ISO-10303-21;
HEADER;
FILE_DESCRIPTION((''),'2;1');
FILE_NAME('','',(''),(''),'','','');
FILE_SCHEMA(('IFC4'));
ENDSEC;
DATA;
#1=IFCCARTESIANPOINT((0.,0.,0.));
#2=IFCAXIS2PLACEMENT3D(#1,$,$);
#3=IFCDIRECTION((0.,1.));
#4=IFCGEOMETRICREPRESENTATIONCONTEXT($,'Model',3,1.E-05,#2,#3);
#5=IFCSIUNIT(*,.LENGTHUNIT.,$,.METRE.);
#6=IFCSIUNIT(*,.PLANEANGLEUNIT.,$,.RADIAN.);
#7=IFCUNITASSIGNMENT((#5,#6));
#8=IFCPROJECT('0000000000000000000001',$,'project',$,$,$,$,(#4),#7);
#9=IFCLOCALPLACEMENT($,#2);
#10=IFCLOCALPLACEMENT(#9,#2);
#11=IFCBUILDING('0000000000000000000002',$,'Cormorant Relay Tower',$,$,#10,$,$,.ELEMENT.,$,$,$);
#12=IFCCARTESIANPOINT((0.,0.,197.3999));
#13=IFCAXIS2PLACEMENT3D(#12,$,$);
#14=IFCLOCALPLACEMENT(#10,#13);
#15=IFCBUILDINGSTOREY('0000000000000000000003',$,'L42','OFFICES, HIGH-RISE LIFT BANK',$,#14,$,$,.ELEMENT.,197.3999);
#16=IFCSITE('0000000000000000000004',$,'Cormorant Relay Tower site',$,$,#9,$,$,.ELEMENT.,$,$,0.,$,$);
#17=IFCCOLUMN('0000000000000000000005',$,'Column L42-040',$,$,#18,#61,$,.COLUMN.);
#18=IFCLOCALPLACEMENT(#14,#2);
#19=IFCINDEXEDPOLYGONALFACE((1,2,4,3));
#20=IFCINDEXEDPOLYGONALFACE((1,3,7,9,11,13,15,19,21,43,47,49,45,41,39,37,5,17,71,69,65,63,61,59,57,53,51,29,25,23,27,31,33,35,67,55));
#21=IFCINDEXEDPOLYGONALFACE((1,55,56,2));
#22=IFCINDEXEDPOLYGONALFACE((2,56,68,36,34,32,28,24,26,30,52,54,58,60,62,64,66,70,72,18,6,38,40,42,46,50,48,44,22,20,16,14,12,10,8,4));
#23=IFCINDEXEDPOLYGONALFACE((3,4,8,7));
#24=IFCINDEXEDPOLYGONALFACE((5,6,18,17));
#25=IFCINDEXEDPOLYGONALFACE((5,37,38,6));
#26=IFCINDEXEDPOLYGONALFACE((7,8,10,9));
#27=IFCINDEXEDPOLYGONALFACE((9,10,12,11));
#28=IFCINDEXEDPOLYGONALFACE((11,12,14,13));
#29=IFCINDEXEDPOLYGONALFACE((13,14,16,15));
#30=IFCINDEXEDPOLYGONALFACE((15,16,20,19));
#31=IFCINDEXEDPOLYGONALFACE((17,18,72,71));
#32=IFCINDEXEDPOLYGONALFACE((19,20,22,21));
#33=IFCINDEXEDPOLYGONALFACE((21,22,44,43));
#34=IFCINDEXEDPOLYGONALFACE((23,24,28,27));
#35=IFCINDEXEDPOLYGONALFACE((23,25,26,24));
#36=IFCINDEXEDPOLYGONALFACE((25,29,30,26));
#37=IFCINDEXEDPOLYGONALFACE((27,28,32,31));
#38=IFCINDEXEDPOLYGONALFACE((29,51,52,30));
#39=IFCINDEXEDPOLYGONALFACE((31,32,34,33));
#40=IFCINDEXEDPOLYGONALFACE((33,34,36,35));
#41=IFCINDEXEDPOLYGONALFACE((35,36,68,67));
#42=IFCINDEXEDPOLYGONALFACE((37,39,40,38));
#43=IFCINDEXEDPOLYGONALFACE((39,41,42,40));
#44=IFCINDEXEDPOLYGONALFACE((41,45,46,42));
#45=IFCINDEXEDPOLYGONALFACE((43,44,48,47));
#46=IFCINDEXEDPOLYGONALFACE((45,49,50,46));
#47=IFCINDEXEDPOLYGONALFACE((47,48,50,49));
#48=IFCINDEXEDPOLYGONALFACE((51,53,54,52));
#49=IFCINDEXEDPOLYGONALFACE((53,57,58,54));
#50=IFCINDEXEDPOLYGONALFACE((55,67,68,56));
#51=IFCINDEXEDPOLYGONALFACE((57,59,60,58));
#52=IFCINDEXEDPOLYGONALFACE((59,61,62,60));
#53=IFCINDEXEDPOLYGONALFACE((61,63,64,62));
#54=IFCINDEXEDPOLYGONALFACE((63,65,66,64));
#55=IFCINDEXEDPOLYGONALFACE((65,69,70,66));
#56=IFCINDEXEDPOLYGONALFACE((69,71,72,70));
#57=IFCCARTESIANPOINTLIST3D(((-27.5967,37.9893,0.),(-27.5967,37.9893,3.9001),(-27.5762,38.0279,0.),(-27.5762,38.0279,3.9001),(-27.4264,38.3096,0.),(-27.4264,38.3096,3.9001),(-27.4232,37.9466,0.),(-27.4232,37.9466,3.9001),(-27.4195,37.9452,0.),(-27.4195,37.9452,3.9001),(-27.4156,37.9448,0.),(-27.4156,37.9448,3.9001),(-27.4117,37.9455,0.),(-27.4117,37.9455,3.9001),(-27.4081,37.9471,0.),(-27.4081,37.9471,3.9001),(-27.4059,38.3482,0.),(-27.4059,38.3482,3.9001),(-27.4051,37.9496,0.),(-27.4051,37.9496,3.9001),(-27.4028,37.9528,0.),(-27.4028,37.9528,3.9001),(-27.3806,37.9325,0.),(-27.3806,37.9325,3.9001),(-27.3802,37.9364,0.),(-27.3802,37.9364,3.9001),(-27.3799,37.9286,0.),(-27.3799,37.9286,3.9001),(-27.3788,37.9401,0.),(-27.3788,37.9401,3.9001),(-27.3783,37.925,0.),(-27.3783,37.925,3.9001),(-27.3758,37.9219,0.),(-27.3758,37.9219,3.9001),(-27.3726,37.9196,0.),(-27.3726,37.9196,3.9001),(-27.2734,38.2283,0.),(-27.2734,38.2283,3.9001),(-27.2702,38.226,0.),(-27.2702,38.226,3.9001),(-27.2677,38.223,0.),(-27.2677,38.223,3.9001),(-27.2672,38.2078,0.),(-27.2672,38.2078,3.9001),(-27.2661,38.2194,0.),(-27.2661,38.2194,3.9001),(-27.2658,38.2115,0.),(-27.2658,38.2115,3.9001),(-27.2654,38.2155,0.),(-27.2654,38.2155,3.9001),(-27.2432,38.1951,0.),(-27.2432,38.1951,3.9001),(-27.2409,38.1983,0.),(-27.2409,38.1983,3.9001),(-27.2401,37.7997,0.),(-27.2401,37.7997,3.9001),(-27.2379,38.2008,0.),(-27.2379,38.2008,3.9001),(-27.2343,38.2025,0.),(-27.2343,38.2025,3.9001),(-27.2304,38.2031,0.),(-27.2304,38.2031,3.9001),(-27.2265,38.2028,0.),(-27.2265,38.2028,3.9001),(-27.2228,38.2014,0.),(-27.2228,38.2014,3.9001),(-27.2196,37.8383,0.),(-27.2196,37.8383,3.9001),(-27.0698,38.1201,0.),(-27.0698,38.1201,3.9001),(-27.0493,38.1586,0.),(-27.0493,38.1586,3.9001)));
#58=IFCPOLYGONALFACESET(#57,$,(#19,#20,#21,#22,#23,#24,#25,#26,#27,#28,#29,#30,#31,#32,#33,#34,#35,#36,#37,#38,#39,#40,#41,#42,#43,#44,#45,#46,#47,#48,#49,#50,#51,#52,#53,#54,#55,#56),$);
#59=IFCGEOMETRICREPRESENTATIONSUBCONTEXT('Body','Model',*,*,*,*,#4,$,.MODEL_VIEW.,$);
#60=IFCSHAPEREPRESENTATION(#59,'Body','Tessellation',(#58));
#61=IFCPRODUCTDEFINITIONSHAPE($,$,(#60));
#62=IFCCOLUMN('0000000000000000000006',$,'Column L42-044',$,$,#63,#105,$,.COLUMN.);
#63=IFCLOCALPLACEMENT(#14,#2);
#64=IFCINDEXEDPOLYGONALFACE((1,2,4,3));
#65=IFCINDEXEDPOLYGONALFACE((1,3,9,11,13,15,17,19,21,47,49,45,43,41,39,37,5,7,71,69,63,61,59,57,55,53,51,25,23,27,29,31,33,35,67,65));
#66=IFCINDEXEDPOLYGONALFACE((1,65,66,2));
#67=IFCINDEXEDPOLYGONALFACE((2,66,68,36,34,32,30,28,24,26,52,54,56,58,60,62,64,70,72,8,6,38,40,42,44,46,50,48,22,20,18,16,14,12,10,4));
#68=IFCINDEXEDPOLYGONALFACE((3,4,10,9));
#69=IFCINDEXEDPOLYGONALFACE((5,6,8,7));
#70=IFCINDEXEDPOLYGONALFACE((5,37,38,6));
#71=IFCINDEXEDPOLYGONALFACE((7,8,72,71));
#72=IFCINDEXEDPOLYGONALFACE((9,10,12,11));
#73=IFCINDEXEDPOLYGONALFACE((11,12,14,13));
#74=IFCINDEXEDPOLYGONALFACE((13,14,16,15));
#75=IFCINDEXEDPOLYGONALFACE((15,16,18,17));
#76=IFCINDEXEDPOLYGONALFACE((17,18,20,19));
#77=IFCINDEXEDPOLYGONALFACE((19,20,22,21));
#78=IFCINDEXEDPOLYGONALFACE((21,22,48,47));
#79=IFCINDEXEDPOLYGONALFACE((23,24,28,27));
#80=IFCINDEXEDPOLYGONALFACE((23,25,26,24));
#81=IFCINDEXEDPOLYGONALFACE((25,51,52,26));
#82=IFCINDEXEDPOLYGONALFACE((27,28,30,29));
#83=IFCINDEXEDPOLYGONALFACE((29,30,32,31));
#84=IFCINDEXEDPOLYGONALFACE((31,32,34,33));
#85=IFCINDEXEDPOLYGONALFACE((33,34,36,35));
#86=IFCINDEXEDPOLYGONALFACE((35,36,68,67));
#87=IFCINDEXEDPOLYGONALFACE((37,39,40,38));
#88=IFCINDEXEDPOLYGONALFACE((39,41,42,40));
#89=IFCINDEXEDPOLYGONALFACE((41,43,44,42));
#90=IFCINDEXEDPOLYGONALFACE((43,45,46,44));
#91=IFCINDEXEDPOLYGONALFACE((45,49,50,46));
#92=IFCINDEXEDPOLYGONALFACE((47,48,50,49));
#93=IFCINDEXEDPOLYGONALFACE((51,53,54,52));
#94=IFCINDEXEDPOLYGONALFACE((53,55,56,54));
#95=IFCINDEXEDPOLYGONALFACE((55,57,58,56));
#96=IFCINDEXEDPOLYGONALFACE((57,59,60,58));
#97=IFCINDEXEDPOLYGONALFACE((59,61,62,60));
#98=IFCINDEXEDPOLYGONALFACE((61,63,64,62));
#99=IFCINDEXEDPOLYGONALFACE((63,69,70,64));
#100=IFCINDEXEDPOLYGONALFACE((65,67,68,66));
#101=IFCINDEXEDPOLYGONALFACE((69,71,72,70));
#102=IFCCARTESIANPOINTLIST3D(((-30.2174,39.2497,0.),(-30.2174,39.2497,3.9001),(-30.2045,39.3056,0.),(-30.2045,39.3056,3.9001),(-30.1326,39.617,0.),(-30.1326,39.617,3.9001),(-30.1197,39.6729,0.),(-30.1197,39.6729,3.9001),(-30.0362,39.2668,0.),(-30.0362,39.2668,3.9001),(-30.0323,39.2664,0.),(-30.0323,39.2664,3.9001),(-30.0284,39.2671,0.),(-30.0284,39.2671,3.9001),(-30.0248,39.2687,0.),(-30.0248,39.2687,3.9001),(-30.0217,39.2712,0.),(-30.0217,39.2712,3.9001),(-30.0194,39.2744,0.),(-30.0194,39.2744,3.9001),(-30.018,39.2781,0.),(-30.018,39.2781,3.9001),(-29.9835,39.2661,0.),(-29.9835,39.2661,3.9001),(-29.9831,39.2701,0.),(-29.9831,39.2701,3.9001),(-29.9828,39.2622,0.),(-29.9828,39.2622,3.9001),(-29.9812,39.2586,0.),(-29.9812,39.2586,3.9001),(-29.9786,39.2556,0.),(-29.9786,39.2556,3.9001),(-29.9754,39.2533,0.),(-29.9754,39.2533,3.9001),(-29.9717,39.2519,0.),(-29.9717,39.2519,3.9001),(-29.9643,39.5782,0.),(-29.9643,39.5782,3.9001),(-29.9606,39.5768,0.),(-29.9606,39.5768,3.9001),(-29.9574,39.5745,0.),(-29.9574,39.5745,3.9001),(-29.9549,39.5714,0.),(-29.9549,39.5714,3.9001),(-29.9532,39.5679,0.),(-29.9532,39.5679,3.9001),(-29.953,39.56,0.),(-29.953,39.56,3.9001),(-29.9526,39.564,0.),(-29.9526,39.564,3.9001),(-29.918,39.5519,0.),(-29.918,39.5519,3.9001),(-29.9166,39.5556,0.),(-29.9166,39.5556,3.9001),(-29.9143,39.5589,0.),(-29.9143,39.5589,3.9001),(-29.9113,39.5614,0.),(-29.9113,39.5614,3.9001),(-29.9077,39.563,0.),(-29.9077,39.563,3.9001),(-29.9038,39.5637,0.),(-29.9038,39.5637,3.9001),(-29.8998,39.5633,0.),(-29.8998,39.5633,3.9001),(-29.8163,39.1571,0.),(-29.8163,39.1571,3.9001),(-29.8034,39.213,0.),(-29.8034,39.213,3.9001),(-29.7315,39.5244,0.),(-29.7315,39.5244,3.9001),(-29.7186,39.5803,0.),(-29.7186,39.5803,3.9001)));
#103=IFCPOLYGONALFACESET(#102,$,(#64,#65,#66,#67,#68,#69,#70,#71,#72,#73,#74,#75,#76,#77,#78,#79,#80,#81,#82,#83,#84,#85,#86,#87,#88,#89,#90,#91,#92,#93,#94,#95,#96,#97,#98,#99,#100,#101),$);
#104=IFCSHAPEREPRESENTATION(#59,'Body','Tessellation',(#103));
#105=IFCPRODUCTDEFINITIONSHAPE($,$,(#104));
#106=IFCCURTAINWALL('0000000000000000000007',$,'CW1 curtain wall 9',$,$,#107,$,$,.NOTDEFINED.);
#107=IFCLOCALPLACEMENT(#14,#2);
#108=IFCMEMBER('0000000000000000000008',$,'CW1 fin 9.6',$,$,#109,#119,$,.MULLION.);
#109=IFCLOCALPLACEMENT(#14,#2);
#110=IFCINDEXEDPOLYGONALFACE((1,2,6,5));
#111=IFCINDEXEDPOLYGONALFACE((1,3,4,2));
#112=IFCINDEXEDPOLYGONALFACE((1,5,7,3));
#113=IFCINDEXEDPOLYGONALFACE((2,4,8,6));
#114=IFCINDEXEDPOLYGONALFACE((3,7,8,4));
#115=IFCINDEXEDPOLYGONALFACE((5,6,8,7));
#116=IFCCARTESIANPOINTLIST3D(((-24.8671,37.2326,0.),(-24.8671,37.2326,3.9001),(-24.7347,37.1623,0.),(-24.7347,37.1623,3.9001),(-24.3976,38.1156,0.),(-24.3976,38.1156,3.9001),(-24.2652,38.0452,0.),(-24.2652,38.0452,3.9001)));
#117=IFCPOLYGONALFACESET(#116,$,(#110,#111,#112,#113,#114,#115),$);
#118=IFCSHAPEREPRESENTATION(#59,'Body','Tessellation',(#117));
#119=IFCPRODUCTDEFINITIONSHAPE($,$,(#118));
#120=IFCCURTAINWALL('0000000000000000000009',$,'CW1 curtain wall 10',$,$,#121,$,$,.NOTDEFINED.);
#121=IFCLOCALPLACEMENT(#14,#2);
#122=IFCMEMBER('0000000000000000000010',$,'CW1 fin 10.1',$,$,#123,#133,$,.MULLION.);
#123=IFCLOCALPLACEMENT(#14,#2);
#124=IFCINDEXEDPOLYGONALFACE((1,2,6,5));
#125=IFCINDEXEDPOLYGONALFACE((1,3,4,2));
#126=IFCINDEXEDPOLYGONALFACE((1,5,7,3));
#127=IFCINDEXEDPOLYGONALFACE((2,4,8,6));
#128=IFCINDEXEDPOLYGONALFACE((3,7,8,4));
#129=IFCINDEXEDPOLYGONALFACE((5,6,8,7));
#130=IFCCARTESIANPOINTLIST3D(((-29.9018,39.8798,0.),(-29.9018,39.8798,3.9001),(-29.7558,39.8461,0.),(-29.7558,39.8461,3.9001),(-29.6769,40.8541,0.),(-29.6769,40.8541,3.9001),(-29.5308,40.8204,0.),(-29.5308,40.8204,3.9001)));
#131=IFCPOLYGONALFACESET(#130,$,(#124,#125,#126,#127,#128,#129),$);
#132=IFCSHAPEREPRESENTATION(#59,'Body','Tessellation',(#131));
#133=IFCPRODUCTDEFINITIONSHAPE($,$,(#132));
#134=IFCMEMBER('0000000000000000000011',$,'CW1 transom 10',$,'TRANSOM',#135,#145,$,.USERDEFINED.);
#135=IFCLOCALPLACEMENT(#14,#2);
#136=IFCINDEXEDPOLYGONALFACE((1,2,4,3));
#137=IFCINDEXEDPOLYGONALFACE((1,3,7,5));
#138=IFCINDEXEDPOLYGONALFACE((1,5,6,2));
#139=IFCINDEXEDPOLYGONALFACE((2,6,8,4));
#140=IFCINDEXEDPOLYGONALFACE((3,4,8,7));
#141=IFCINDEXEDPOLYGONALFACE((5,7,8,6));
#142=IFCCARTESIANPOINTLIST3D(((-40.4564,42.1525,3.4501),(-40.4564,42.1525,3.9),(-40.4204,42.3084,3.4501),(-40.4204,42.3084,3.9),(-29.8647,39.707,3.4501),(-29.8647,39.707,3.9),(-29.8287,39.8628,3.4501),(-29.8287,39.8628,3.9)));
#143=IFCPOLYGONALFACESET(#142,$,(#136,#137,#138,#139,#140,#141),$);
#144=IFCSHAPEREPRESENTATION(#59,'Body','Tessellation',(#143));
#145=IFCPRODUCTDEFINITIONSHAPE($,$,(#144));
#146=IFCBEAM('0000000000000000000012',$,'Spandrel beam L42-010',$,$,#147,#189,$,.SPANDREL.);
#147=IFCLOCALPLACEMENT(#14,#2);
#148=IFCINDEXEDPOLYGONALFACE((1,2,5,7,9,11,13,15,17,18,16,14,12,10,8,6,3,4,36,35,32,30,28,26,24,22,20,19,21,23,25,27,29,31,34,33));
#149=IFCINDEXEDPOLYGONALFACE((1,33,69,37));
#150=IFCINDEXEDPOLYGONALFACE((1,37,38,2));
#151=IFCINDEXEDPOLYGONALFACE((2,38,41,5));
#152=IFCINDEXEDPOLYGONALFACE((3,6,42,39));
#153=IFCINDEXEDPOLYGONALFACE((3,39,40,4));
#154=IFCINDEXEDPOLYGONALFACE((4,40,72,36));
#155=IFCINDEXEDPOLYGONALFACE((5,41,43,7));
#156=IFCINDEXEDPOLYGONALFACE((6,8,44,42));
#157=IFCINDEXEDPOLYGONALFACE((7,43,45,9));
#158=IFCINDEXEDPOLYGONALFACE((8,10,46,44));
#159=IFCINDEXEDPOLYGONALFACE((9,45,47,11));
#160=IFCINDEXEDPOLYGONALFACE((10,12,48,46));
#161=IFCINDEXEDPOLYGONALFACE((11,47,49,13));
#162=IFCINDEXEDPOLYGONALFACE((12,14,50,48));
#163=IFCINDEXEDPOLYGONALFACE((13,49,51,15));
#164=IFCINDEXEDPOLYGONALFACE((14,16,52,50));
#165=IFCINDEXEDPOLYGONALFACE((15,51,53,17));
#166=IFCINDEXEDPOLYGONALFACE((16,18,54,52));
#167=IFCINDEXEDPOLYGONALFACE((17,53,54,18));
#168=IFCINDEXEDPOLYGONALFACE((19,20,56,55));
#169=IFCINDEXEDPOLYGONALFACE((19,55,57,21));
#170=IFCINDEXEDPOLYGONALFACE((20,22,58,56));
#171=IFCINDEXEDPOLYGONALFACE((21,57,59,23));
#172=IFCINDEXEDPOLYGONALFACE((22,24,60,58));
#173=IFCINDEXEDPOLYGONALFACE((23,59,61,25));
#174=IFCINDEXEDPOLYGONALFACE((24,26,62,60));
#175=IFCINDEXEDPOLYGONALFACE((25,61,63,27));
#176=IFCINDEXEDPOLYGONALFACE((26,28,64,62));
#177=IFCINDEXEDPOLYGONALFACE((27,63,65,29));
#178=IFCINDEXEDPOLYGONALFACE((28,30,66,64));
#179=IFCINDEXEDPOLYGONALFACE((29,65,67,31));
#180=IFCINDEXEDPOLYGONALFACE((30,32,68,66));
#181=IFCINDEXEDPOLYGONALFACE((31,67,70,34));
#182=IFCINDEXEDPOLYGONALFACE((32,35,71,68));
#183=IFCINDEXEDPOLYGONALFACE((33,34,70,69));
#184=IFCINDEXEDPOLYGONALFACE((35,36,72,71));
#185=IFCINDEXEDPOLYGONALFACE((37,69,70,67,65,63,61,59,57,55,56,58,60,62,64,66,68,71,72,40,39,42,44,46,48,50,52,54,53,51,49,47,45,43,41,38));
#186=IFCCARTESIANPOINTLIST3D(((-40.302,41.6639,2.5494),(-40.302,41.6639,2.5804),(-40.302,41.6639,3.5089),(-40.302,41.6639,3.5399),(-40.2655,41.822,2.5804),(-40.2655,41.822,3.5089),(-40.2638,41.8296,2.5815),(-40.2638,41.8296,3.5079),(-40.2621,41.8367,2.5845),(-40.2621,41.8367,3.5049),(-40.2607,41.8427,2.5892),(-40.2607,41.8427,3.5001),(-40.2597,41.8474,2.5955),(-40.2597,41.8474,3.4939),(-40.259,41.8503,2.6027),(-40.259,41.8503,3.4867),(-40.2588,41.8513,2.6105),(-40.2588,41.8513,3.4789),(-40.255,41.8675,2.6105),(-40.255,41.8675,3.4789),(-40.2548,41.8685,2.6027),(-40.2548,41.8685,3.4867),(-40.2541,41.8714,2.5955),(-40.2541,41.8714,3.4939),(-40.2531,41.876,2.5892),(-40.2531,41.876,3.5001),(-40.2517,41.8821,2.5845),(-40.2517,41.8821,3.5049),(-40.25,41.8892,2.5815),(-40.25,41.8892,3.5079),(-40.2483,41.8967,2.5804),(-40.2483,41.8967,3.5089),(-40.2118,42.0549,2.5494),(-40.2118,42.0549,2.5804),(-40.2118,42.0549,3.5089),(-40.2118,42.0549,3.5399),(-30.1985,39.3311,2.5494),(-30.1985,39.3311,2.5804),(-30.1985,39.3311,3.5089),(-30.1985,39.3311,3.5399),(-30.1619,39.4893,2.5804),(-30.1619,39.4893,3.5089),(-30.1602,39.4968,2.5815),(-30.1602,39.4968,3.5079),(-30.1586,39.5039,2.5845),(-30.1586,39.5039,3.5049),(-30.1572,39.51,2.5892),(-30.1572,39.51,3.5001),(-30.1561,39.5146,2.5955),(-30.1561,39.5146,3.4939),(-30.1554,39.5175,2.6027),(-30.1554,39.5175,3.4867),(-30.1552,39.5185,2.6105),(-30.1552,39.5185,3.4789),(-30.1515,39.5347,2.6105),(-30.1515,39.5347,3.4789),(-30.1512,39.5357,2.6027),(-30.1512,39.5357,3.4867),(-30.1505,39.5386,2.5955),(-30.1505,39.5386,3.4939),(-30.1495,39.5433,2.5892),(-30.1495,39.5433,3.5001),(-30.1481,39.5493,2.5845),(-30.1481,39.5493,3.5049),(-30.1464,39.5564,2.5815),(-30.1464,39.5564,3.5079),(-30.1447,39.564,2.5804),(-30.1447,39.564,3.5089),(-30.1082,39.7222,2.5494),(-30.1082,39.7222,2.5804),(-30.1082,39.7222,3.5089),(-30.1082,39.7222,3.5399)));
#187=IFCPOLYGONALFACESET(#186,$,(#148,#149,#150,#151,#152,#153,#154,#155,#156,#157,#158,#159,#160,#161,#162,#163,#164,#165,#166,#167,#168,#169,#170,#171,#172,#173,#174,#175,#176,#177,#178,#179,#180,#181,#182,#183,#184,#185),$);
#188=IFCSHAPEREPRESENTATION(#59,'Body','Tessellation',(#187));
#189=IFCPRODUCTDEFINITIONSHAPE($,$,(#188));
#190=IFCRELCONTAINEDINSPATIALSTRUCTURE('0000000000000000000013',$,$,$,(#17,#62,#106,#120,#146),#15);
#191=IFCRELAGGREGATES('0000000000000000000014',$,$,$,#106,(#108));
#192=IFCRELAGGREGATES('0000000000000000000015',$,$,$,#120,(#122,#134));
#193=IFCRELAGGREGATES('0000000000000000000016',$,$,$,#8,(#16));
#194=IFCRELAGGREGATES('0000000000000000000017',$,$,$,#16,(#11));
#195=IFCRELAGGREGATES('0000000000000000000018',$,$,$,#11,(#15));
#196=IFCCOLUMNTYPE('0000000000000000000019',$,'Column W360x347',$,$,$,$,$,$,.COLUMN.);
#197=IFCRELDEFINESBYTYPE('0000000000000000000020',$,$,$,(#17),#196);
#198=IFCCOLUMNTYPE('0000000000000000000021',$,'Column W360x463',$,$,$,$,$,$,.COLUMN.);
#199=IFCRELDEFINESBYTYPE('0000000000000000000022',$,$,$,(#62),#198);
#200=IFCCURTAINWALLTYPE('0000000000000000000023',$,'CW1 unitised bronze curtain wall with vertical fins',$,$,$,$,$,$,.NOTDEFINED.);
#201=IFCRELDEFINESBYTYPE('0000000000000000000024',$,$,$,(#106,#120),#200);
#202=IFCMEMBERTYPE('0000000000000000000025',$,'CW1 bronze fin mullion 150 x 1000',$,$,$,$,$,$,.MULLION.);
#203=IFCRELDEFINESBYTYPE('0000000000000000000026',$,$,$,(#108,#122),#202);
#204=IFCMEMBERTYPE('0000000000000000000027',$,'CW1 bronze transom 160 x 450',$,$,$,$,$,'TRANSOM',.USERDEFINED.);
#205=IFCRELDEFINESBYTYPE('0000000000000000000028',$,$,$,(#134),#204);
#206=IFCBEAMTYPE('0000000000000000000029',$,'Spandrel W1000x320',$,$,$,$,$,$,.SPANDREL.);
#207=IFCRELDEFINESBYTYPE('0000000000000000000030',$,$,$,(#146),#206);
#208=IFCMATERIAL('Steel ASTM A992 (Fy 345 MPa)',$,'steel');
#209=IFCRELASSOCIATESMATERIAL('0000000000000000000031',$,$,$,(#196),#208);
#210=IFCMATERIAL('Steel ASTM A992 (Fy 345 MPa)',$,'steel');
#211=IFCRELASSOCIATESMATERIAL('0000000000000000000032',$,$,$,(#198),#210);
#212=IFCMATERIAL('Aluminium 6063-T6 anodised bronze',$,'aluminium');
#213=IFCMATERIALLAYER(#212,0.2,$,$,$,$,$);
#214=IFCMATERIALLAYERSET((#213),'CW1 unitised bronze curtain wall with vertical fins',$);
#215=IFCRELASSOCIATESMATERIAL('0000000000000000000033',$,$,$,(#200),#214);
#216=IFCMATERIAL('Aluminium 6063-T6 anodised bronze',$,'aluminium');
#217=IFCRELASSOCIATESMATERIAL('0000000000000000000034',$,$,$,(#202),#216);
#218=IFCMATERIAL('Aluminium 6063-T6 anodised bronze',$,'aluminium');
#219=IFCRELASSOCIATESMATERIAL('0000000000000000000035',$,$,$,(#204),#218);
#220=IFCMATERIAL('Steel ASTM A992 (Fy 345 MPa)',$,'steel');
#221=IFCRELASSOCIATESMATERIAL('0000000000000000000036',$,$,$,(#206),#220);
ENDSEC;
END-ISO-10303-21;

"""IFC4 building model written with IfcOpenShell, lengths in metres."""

from ifc_helpers import new_model, si_unit, direction, frame, origin, origin_2d, place, context, subcontext, project, spatial, rectangle, i_section, extrude, material, layer, layer_set, material_profile, profile_set, type_object, element, aggregate, save


model = new_model("IFC4")

# Units and contexts
model_context = context("Model", 3, precision=1e-05, world=origin(), true_north=direction((0.0, 1.0)))
body_context = subcontext(model_context, "Body", "Model", "MODEL_VIEW")
ifc_project = project(units=[si_unit("LENGTHUNIT", "METRE"), si_unit("PLANEANGLEUNIT", "RADIAN")], contexts=[model_context])

# Site, building, storey
site_placement = place(None, origin())
site = spatial("IfcSite", under=ifc_project, at=site_placement, Name="Cormorant Relay Tower site", CompositionType="ELEMENT", RefElevation=0.0)
building_placement = place(site_placement, origin())
building = spatial("IfcBuilding", under=site, at=building_placement, Name="Cormorant Relay Tower", CompositionType="ELEMENT")
storey_placement = place(building_placement, frame((0.0, 0.0, 197.3999)))
storey = spatial("IfcBuildingStorey", under=building, at=storey_placement, Name="L42", Description="OFFICES, HIGH-RISE LIFT BANK", CompositionType="ELEMENT", Elevation=197.3999)

# Columns
ifc_material_1 = material(Name="Steel ASTM A992 (Fy 345 MPa)", Category="steel")
ifc_material_profile_1 = material_profile(ifc_material_1, i_section(OverallWidth=0.4038, OverallDepth=0.4065, WebThickness=0.0271, FlangeThickness=0.0437, FilletRadius=0.0151, at=origin_2d()), Name="W360x347")
ifc_profile_set_1 = profile_set([ifc_material_profile_1], Name="Steel ASTM A992 (Fy 345 MPa)")
column_type_1 = type_object("IfcColumnType", Name="Column W360x347", PredefinedType="COLUMN", material=ifc_profile_set_1)
column_1_placement = place(storey_placement, frame((-27.323, 38.074, 0.0), z_axis=(0.0, 0.0, 1.0), x_axis=(-0.882948, 0.469472, 0.0)))
element("IfcColumn", 1, at=column_1_placement, inside=storey, type_object=column_type_1, Name="Column L42-040", PredefinedType="COLUMN", context=body_context, shape_type="SweptSolid", body=[
    extrude(i_section(OverallWidth=0.4038, OverallDepth=0.4065, WebThickness=0.0271, FlangeThickness=0.0437, FilletRadius=0.0151, at=origin_2d()), origin(), (0.0, 0.0, 1.0), 3.9001),
])
ifc_material_2 = material(Name="Steel ASTM A992 (Fy 345 MPa)", Category="steel")
ifc_material_profile_2 = material_profile(ifc_material_2, i_section(OverallWidth=0.4116, OverallDepth=0.4343, WebThickness=0.0359, FlangeThickness=0.0574, FilletRadius=0.0151, at=origin_2d()), Name="W360x463")
ifc_profile_set_2 = profile_set([ifc_material_profile_2], Name="Steel ASTM A992 (Fy 345 MPa)")
column_type_2 = type_object("IfcColumnType", Name="Column W360x463", PredefinedType="COLUMN", material=ifc_profile_set_2)
column_2_placement = place(storey_placement, frame((-29.968, 39.415, 0.0), z_axis=(0.0, 0.0, 1.0), x_axis=(-0.97437, 0.224951, 0.0)))
element("IfcColumn", 2, at=column_2_placement, inside=storey, type_object=column_type_2, Name="Column L42-044", PredefinedType="COLUMN", context=body_context, shape_type="SweptSolid", body=[
    extrude(i_section(OverallWidth=0.4116, OverallDepth=0.4343, WebThickness=0.0359, FlangeThickness=0.0574, FilletRadius=0.0151, at=origin_2d()), origin(), (0.0, 0.0, 1.0), 3.9001),
])

# Curtain wall, member
ifc_material_3 = material(Name="Aluminium 6063-T6 anodised bronze", Category="aluminium")
ifc_layer_1 = layer(ifc_material_3, 0.2)
ifc_layer_set_1 = layer_set([ifc_layer_1], Name="CW1 unitised bronze curtain wall with vertical fins")
curtain_wall_type = type_object("IfcCurtainWallType", Name="CW1 unitised bronze curtain wall with vertical fins", PredefinedType="NOTDEFINED", material=ifc_layer_set_1)
curtain_wall_1_placement = place(storey_placement, origin())
curtain_wall_1 = element("IfcCurtainWall", 3, at=curtain_wall_1_placement, inside=storey, type_object=curtain_wall_type, Name="CW1 curtain wall 9", PredefinedType="NOTDEFINED")
ifc_material_4 = material(Name="Aluminium 6063-T6 anodised bronze", Category="aluminium")
ifc_material_profile_3 = material_profile(ifc_material_4, rectangle(XDim=0.1499, YDim=1.0, at=origin_2d()), Name="AL 150x1000")
ifc_profile_set_3 = profile_set([ifc_material_profile_3], Name="Aluminium 6063-T6 anodised bronze")
member_type_1 = type_object("IfcMemberType", Name="CW1 bronze fin mullion 150 x 1000", PredefinedType="MULLION", material=ifc_profile_set_3)
member_1_placement = place(storey_placement, frame((-24.5662, 37.6389, 0.0), z_axis=(0.0, 0.0, 1.0), x_axis=(-0.882948, 0.469472, 0.0)))
member_1 = element("IfcMember", 4, at=member_1_placement, type_object=member_type_1, Name="CW1 fin 9.6", PredefinedType="MULLION", context=body_context, shape_type="SweptSolid", body=[
    extrude(rectangle(XDim=0.1499, YDim=1.0, at=origin_2d()), origin(), (0.0, 0.0, 1.0), 3.9001),
])

# Curtain wall, members
curtain_wall_2_placement = place(storey_placement, origin())
curtain_wall_2 = element("IfcCurtainWall", 5, at=curtain_wall_2_placement, inside=storey, type_object=curtain_wall_type, Name="CW1 curtain wall 10", PredefinedType="NOTDEFINED")
member_2_placement = place(storey_placement, frame((-29.7163, 40.3501, 0.0), z_axis=(0.0, 0.0, 1.0), x_axis=(-0.97437, 0.224951, 0.0)))
member_2 = element("IfcMember", 6, at=member_2_placement, type_object=member_type_1, Name="CW1 fin 10.1", PredefinedType="MULLION", context=body_context, shape_type="SweptSolid", body=[
    extrude(rectangle(XDim=0.1499, YDim=1.0, at=origin_2d()), origin(), (0.0, 0.0, 1.0), 3.9001),
])
ifc_material_5 = material(Name="Aluminium 6063-T6 anodised bronze", Category="aluminium")
ifc_material_profile_4 = material_profile(ifc_material_5, rectangle(XDim=0.1599, YDim=0.45, at=origin_2d()), Name="AL 160x450")
ifc_profile_set_4 = profile_set([ifc_material_profile_4], Name="Aluminium 6063-T6 anodised bronze")
member_type_2 = type_object("IfcMemberType", Name="CW1 bronze transom 160 x 450", ElementType="TRANSOM", PredefinedType="USERDEFINED", material=ifc_profile_set_4)
member_3_placement = place(storey_placement, frame((-29.8467, 39.7849, 3.675), z_axis=(-0.974365, 0.224973, 0.0), x_axis=(-0.224973, -0.974365, 0.0)))
member_3 = element("IfcMember", 7, at=member_3_placement, type_object=member_type_2, Name="CW1 transom 10", ObjectType="TRANSOM", PredefinedType="USERDEFINED", context=body_context, shape_type="SweptSolid", body=[
    extrude(rectangle(XDim=0.1599, YDim=0.45, at=origin_2d()), origin(), (0.0, 0.0, 1.0), 10.8704),
])

# Beam
ifc_material_6 = material(Name="Steel ASTM A992 (Fy 345 MPa)", Category="steel")
ifc_material_profile_5 = material_profile(ifc_material_6, i_section(OverallWidth=0.4014, OverallDepth=0.9905, WebThickness=0.0166, FlangeThickness=0.031, FilletRadius=0.03, at=origin_2d()), Name="W1000x320")
ifc_profile_set_5 = profile_set([ifc_material_profile_5], Name="Steel ASTM A992 (Fy 345 MPa)")
beam_type = type_object("IfcBeamType", Name="Spandrel W1000x320", PredefinedType="SPANDREL", material=ifc_profile_set_5)
beam_placement = place(storey_placement, frame((-30.1533, 39.5266, 3.0447), z_axis=(-0.974366, 0.224968, 0.0), x_axis=(-0.224968, -0.974366, 0.0)))
element("IfcBeam", 8, at=beam_placement, inside=storey, type_object=beam_type, Name="Spandrel beam L42-010", PredefinedType="SPANDREL", context=body_context, shape_type="SweptSolid", body=[
    extrude(i_section(OverallWidth=0.4014, OverallDepth=0.9905, WebThickness=0.0166, FlangeThickness=0.031, FilletRadius=0.03, at=origin_2d()), origin(), (0.0, 0.0, 1.0), 10.3694),
])

aggregate(curtain_wall_1, [member_1])
aggregate(curtain_wall_2, [member_2, member_3])

save(model, "model.ifc")
